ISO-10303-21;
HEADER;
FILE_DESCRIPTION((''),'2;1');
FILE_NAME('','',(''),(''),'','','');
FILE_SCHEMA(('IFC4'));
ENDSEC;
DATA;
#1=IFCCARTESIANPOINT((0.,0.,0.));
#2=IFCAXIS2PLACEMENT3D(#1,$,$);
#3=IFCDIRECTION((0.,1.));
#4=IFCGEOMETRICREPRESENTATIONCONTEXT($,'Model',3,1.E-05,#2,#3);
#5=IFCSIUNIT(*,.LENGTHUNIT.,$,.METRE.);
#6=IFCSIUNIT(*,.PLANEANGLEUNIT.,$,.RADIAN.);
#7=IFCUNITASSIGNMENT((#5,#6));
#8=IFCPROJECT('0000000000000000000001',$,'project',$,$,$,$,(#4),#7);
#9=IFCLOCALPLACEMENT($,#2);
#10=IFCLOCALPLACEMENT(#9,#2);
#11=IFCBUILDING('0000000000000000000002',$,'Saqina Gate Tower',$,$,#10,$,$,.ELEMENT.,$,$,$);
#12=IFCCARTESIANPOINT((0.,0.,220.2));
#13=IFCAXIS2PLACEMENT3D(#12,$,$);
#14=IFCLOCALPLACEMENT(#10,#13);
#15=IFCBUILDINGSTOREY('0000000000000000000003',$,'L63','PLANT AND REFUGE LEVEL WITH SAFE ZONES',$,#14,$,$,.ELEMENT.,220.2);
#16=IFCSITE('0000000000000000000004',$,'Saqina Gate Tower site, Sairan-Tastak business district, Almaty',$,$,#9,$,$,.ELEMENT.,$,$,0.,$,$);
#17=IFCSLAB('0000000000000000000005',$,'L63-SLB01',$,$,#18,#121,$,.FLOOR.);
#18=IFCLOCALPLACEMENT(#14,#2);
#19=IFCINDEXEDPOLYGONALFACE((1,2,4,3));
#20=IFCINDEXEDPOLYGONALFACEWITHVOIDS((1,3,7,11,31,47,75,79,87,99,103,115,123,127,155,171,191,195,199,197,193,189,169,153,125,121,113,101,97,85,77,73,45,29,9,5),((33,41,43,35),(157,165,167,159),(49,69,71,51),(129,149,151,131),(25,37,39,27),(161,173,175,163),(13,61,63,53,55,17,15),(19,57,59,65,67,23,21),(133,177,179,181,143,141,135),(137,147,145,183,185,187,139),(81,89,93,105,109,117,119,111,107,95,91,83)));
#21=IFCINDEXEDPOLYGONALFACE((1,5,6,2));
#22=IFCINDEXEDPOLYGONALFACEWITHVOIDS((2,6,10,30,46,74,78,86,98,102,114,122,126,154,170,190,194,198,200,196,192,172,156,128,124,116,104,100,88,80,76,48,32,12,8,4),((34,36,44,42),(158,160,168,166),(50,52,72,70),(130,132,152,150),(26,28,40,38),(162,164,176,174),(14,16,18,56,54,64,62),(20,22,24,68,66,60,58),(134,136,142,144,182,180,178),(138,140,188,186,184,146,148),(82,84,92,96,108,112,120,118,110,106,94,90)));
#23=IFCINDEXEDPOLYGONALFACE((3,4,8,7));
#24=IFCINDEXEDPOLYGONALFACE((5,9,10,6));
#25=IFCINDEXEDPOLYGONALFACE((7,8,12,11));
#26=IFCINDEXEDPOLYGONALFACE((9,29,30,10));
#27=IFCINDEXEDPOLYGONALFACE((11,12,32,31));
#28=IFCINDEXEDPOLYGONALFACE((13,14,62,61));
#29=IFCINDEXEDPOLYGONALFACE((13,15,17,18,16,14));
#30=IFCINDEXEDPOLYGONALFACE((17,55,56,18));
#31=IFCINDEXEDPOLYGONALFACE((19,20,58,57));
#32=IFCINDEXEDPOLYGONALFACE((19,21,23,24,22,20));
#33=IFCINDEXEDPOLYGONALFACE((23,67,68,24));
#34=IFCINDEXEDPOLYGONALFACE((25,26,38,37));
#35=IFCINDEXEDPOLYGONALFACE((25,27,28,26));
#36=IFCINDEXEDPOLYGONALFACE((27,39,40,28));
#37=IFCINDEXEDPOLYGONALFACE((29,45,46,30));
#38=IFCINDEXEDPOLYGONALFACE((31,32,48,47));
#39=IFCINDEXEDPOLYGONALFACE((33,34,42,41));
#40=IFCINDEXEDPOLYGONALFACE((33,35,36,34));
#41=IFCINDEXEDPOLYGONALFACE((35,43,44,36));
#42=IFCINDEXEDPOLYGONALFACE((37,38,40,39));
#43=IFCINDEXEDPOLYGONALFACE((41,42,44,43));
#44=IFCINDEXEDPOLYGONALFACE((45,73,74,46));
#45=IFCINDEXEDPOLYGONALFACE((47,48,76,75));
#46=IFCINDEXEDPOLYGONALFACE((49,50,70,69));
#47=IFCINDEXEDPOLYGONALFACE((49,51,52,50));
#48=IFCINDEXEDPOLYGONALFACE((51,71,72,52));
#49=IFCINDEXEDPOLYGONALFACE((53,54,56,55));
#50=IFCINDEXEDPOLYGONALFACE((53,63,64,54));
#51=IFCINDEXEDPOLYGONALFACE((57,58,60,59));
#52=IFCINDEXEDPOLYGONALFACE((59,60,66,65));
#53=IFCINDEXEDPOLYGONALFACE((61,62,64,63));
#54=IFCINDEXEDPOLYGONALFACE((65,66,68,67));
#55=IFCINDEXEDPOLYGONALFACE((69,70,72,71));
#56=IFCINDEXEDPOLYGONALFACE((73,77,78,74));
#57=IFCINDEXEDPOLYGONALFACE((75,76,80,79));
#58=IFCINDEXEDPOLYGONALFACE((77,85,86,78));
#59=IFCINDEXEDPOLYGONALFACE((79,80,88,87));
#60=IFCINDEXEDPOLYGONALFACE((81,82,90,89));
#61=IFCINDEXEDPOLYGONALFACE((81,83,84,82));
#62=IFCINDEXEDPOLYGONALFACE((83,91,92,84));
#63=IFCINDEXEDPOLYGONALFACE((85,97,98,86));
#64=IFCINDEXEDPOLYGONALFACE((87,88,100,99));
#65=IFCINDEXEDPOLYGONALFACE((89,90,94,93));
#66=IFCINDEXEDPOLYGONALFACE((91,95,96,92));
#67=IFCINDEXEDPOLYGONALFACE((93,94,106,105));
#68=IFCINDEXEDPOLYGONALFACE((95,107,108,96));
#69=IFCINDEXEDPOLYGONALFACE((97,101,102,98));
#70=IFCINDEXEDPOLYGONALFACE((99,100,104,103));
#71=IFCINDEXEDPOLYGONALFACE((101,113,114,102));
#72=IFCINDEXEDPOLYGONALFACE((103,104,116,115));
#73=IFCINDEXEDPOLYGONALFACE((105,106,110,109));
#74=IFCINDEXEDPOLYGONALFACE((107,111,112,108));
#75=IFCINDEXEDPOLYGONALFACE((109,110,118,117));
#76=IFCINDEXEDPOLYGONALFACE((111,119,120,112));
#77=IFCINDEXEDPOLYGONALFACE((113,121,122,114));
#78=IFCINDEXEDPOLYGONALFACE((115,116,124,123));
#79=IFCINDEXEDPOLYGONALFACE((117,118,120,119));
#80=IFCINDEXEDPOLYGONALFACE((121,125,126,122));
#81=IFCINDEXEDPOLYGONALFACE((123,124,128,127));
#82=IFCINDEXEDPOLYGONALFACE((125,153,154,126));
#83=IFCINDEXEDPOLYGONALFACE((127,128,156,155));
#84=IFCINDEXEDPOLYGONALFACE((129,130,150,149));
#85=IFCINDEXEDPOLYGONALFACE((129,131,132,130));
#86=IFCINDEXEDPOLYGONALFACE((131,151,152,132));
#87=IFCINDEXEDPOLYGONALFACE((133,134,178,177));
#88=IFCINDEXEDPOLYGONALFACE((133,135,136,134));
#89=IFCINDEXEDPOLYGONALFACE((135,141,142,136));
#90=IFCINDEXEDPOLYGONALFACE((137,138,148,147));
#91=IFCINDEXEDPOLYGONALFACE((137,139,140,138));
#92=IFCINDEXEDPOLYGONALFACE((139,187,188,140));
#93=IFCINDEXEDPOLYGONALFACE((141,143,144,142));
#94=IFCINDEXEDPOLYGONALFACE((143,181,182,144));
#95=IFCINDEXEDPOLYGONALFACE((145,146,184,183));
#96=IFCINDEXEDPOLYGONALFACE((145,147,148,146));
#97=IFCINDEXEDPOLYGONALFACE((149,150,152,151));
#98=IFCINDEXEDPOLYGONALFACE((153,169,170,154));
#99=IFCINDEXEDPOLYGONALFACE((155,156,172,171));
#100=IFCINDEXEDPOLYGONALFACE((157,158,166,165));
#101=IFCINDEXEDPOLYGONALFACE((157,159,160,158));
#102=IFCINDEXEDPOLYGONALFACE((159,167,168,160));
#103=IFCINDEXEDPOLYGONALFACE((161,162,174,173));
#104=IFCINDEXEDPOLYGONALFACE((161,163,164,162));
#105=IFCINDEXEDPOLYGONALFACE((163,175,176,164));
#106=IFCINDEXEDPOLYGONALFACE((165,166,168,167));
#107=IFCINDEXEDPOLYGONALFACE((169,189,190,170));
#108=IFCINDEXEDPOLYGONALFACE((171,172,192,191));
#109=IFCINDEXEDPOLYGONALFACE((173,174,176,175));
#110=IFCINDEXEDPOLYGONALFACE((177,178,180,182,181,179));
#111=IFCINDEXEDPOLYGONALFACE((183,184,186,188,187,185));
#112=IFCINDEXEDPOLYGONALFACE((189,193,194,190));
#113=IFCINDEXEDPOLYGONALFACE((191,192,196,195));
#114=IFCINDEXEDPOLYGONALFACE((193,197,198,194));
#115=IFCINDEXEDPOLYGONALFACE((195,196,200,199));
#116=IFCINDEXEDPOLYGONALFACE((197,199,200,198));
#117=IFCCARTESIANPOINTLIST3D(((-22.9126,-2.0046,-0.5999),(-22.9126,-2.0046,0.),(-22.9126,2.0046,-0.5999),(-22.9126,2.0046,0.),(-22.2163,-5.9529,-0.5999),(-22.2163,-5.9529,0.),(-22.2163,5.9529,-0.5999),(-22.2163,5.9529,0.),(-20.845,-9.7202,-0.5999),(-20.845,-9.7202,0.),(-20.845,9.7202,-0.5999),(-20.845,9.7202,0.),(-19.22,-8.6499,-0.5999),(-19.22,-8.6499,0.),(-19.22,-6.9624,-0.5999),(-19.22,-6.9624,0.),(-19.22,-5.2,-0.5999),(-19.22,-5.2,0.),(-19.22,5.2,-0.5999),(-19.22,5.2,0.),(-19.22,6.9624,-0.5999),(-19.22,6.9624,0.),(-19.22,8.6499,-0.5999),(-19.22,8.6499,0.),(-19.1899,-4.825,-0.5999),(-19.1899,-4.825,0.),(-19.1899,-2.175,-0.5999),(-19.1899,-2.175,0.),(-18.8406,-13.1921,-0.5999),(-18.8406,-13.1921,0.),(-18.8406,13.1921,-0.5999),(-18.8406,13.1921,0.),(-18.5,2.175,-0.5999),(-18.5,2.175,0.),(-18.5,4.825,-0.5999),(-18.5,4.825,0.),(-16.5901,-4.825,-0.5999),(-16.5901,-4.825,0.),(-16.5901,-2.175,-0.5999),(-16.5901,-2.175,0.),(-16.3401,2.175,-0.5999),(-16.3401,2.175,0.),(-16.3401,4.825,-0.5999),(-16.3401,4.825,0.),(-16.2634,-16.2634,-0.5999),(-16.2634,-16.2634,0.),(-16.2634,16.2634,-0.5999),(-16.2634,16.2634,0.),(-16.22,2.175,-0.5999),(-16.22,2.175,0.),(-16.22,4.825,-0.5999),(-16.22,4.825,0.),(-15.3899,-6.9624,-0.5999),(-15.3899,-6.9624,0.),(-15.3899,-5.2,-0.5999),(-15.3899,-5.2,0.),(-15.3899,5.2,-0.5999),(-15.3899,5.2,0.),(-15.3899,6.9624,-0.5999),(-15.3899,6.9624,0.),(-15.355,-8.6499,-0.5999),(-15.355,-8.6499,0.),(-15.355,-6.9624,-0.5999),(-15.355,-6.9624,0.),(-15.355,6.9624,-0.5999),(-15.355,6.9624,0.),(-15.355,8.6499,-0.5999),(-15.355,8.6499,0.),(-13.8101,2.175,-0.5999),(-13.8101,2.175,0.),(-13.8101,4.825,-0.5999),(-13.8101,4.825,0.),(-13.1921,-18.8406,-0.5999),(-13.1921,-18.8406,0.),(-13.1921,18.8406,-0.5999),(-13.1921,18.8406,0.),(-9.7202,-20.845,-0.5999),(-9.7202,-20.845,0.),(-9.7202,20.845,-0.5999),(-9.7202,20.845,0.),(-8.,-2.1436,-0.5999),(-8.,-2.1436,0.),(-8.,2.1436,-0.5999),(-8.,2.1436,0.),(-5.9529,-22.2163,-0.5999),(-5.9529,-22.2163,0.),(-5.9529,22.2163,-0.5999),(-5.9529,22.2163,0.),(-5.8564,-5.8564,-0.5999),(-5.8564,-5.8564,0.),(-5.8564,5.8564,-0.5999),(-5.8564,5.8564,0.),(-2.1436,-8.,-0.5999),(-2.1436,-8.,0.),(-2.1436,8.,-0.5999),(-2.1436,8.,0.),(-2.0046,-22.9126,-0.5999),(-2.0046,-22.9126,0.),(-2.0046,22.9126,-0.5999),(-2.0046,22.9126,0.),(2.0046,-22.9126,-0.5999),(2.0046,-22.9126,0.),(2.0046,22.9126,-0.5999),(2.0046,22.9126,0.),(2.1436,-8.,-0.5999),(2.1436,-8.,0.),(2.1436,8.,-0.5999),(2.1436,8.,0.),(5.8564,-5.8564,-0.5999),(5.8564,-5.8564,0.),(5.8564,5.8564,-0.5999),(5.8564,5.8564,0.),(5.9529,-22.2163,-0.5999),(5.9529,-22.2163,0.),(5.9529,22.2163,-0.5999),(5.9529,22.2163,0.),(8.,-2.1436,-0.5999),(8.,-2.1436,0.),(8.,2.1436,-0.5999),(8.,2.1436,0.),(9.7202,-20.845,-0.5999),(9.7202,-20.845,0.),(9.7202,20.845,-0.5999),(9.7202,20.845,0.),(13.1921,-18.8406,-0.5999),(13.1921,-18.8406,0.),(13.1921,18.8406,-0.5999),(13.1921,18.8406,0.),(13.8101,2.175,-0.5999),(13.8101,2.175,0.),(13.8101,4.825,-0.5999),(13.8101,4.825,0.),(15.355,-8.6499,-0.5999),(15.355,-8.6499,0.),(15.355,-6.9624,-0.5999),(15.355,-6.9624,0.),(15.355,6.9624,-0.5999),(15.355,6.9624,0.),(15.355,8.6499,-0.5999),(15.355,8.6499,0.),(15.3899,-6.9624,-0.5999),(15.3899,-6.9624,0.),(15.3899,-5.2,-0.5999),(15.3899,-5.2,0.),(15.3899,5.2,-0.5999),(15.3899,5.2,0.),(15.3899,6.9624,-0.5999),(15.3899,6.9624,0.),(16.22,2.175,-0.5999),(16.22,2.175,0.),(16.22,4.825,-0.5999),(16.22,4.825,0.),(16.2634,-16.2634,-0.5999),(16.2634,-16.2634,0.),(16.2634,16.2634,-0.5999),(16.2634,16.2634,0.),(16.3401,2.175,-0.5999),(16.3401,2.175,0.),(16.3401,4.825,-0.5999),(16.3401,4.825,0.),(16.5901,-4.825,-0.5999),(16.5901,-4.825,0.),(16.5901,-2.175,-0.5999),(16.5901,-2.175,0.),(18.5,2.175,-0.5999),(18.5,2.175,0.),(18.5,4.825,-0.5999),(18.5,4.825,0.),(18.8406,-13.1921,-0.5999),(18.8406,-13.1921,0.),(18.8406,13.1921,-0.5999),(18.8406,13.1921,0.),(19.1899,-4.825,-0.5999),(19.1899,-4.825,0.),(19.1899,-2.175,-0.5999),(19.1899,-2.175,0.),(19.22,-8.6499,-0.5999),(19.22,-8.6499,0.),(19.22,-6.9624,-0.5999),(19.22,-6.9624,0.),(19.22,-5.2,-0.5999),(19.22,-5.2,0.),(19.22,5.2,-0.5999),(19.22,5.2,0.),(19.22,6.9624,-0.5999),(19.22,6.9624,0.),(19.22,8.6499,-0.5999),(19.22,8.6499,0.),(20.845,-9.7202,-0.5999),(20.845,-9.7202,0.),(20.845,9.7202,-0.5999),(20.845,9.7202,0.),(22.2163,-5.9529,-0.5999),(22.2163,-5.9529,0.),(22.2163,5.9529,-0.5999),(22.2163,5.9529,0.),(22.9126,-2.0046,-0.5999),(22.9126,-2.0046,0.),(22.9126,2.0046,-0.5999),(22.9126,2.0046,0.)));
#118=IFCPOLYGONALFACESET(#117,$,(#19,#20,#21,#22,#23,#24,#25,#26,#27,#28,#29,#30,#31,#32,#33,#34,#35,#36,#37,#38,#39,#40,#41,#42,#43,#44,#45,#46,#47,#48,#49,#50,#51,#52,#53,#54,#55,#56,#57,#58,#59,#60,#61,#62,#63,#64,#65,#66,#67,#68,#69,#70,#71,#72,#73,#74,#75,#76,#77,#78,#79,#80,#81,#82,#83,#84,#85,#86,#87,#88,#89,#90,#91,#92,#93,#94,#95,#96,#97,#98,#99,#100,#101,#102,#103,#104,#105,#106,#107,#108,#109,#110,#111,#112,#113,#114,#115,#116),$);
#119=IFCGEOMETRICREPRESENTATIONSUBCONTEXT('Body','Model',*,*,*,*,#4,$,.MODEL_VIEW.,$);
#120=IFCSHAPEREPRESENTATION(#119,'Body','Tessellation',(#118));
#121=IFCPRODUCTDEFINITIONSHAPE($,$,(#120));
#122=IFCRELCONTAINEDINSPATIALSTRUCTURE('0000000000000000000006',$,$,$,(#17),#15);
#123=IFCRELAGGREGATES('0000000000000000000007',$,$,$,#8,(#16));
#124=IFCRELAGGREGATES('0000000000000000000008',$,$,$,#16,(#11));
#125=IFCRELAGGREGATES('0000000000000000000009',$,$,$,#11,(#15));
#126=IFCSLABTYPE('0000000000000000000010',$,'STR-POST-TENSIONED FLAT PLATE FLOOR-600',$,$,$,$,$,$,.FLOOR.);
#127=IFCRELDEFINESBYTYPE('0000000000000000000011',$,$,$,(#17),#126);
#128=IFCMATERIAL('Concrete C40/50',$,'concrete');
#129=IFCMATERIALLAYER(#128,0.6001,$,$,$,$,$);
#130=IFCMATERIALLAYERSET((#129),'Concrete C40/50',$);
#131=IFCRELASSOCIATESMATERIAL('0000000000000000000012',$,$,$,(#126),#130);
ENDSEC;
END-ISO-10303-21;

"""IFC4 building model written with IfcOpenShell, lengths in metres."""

from ifc_helpers import new_model, si_unit, direction, frame, origin, place, context, subcontext, project, spatial, polyline, outline, extrude, material, layer, layer_set, type_object, element, save


model = new_model("IFC4")

# Units and contexts
model_context = context("Model", 3, precision=1e-05, world=origin(), true_north=direction((0.0, 1.0)))
body_context = subcontext(model_context, "Body", "Model", "MODEL_VIEW")
ifc_project = project(units=[si_unit("LENGTHUNIT", "METRE"), si_unit("PLANEANGLEUNIT", "RADIAN")], contexts=[model_context])

# Site, building, storey
site_placement = place(None, origin())
site = spatial("IfcSite", under=ifc_project, at=site_placement, Name="Saqina Gate Tower site, Sairan-Tastak business district, Almaty", CompositionType="ELEMENT", RefElevation=0.0)
building_placement = place(site_placement, origin())
building = spatial("IfcBuilding", under=site, at=building_placement, Name="Saqina Gate Tower", CompositionType="ELEMENT")
storey_placement = place(building_placement, frame((0.0, 0.0, 220.2)))
storey = spatial("IfcBuildingStorey", under=building, at=storey_placement, Name="L63", Description="PLANT AND REFUGE LEVEL WITH SAFE ZONES", CompositionType="ELEMENT", Elevation=220.2)

# Slab
ifc_material_1 = material(Name="Concrete C40/50", Category="concrete")
ifc_layer_1 = layer(ifc_material_1, 0.6001)
ifc_layer_set_1 = layer_set([ifc_layer_1], Name="Concrete C40/50")
slab_type_1 = type_object("IfcSlabType", Name="STR-POST-TENSIONED FLAT PLATE FLOOR-600", PredefinedType="FLOOR", material=ifc_layer_set_1)
slab_1_placement = place(storey_placement, frame((0.0, 0.0, -0.5999)))
element("IfcSlab", 1, at=slab_1_placement, inside=storey, type_object=slab_type_1, Name="L63-SLB01", PredefinedType="FLOOR", context=body_context, shape_type="SweptSolid", body=[
    extrude(outline(polyline([(22.2163, -5.9529), (22.9126, -2.0046), (22.9126, 2.0046), (22.2163, 5.9529), (20.845, 9.7202), (18.8406, 13.1921), (16.2634, 16.2634), (13.1921, 18.8406), (9.7202, 20.845), (5.9529, 22.2163), (2.0046, 22.9126), (-2.0046, 22.9126), (-5.9529, 22.2163), (-9.7202, 20.845), (-13.1921, 18.8406), (-16.2634, 16.2634), (-18.8406, 13.1921), (-20.845, 9.7202), (-22.2163, 5.9529), (-22.9126, 2.0046), (-22.9126, -2.0046), (-22.2163, -5.9529), (-20.845, -9.7202), (-18.8406, -13.1921), (-16.2634, -16.2634), (-13.1921, -18.8406), (-9.7202, -20.845), (-5.9529, -22.2163), (-2.0046, -22.9126), (2.0046, -22.9126), (5.9529, -22.2163), (9.7202, -20.845), (13.1921, -18.8406), (16.2634, -16.2634), (18.8406, -13.1921), (20.845, -9.7202), (22.2163, -5.9529)]), holes=[polyline([(2.1436, 8.0), (5.8564, 5.8564), (8.0, 2.1436), (8.0, -2.1436), (5.8564, -5.8564), (2.1436, -8.0), (-2.1436, -8.0), (-5.8564, -5.8564), (-8.0, -2.1436), (-8.0, 2.1436), (-5.8564, 5.8564), (-2.1436, 8.0), (2.1436, 8.0)]), polyline([(-15.355, -8.6499), (-19.22, -8.6499), (-19.22, -6.9624), (-19.22, -5.2), (-15.3899, -5.2), (-15.3899, -6.9624), (-15.355, -6.9624), (-15.355, -8.6499)]), polyline([(-16.5901, -2.175), (-16.5901, -4.825), (-19.1899, -4.825), (-19.1899, -2.175), (-16.5901, -2.175)]), polyline([(-16.3401, 4.825), (-16.3401, 2.175), (-18.5, 2.175), (-18.5, 4.825), (-16.3401, 4.825)]), polyline([(-13.8101, 4.825), (-13.8101, 2.175), (-16.22, 2.175), (-16.22, 4.825), (-13.8101, 4.825)]), polyline([(-19.22, 6.9624), (-19.22, 8.6499), (-15.355, 8.6499), (-15.355, 6.9624), (-15.3899, 6.9624), (-15.3899, 5.2), (-19.22, 5.2), (-19.22, 6.9624)]), polyline([(15.355, -8.6499), (15.355, -6.9624), (15.3899, -6.9624), (15.3899, -5.2), (19.22, -5.2), (19.22, -6.9624), (19.22, -8.6499), (15.355, -8.6499)]), polyline([(19.1899, -2.175), (19.1899, -4.825), (16.5901, -4.825), (16.5901, -2.175), (19.1899, -2.175)]), polyline([(16.22, 4.825), (16.22, 2.175), (13.8101, 2.175), (13.8101, 4.825), (16.22, 4.825)]), polyline([(18.5, 4.825), (18.5, 2.175), (16.3401, 2.175), (16.3401, 4.825), (18.5, 4.825)]), polyline([(15.3899, 6.9624), (15.355, 6.9624), (15.355, 8.6499), (19.22, 8.6499), (19.22, 6.9624), (19.22, 5.2), (15.3899, 5.2), (15.3899, 6.9624)])]), origin(), (0.0, 0.0, 1.0), 0.5999),
])

save(model, "model.ifc")
